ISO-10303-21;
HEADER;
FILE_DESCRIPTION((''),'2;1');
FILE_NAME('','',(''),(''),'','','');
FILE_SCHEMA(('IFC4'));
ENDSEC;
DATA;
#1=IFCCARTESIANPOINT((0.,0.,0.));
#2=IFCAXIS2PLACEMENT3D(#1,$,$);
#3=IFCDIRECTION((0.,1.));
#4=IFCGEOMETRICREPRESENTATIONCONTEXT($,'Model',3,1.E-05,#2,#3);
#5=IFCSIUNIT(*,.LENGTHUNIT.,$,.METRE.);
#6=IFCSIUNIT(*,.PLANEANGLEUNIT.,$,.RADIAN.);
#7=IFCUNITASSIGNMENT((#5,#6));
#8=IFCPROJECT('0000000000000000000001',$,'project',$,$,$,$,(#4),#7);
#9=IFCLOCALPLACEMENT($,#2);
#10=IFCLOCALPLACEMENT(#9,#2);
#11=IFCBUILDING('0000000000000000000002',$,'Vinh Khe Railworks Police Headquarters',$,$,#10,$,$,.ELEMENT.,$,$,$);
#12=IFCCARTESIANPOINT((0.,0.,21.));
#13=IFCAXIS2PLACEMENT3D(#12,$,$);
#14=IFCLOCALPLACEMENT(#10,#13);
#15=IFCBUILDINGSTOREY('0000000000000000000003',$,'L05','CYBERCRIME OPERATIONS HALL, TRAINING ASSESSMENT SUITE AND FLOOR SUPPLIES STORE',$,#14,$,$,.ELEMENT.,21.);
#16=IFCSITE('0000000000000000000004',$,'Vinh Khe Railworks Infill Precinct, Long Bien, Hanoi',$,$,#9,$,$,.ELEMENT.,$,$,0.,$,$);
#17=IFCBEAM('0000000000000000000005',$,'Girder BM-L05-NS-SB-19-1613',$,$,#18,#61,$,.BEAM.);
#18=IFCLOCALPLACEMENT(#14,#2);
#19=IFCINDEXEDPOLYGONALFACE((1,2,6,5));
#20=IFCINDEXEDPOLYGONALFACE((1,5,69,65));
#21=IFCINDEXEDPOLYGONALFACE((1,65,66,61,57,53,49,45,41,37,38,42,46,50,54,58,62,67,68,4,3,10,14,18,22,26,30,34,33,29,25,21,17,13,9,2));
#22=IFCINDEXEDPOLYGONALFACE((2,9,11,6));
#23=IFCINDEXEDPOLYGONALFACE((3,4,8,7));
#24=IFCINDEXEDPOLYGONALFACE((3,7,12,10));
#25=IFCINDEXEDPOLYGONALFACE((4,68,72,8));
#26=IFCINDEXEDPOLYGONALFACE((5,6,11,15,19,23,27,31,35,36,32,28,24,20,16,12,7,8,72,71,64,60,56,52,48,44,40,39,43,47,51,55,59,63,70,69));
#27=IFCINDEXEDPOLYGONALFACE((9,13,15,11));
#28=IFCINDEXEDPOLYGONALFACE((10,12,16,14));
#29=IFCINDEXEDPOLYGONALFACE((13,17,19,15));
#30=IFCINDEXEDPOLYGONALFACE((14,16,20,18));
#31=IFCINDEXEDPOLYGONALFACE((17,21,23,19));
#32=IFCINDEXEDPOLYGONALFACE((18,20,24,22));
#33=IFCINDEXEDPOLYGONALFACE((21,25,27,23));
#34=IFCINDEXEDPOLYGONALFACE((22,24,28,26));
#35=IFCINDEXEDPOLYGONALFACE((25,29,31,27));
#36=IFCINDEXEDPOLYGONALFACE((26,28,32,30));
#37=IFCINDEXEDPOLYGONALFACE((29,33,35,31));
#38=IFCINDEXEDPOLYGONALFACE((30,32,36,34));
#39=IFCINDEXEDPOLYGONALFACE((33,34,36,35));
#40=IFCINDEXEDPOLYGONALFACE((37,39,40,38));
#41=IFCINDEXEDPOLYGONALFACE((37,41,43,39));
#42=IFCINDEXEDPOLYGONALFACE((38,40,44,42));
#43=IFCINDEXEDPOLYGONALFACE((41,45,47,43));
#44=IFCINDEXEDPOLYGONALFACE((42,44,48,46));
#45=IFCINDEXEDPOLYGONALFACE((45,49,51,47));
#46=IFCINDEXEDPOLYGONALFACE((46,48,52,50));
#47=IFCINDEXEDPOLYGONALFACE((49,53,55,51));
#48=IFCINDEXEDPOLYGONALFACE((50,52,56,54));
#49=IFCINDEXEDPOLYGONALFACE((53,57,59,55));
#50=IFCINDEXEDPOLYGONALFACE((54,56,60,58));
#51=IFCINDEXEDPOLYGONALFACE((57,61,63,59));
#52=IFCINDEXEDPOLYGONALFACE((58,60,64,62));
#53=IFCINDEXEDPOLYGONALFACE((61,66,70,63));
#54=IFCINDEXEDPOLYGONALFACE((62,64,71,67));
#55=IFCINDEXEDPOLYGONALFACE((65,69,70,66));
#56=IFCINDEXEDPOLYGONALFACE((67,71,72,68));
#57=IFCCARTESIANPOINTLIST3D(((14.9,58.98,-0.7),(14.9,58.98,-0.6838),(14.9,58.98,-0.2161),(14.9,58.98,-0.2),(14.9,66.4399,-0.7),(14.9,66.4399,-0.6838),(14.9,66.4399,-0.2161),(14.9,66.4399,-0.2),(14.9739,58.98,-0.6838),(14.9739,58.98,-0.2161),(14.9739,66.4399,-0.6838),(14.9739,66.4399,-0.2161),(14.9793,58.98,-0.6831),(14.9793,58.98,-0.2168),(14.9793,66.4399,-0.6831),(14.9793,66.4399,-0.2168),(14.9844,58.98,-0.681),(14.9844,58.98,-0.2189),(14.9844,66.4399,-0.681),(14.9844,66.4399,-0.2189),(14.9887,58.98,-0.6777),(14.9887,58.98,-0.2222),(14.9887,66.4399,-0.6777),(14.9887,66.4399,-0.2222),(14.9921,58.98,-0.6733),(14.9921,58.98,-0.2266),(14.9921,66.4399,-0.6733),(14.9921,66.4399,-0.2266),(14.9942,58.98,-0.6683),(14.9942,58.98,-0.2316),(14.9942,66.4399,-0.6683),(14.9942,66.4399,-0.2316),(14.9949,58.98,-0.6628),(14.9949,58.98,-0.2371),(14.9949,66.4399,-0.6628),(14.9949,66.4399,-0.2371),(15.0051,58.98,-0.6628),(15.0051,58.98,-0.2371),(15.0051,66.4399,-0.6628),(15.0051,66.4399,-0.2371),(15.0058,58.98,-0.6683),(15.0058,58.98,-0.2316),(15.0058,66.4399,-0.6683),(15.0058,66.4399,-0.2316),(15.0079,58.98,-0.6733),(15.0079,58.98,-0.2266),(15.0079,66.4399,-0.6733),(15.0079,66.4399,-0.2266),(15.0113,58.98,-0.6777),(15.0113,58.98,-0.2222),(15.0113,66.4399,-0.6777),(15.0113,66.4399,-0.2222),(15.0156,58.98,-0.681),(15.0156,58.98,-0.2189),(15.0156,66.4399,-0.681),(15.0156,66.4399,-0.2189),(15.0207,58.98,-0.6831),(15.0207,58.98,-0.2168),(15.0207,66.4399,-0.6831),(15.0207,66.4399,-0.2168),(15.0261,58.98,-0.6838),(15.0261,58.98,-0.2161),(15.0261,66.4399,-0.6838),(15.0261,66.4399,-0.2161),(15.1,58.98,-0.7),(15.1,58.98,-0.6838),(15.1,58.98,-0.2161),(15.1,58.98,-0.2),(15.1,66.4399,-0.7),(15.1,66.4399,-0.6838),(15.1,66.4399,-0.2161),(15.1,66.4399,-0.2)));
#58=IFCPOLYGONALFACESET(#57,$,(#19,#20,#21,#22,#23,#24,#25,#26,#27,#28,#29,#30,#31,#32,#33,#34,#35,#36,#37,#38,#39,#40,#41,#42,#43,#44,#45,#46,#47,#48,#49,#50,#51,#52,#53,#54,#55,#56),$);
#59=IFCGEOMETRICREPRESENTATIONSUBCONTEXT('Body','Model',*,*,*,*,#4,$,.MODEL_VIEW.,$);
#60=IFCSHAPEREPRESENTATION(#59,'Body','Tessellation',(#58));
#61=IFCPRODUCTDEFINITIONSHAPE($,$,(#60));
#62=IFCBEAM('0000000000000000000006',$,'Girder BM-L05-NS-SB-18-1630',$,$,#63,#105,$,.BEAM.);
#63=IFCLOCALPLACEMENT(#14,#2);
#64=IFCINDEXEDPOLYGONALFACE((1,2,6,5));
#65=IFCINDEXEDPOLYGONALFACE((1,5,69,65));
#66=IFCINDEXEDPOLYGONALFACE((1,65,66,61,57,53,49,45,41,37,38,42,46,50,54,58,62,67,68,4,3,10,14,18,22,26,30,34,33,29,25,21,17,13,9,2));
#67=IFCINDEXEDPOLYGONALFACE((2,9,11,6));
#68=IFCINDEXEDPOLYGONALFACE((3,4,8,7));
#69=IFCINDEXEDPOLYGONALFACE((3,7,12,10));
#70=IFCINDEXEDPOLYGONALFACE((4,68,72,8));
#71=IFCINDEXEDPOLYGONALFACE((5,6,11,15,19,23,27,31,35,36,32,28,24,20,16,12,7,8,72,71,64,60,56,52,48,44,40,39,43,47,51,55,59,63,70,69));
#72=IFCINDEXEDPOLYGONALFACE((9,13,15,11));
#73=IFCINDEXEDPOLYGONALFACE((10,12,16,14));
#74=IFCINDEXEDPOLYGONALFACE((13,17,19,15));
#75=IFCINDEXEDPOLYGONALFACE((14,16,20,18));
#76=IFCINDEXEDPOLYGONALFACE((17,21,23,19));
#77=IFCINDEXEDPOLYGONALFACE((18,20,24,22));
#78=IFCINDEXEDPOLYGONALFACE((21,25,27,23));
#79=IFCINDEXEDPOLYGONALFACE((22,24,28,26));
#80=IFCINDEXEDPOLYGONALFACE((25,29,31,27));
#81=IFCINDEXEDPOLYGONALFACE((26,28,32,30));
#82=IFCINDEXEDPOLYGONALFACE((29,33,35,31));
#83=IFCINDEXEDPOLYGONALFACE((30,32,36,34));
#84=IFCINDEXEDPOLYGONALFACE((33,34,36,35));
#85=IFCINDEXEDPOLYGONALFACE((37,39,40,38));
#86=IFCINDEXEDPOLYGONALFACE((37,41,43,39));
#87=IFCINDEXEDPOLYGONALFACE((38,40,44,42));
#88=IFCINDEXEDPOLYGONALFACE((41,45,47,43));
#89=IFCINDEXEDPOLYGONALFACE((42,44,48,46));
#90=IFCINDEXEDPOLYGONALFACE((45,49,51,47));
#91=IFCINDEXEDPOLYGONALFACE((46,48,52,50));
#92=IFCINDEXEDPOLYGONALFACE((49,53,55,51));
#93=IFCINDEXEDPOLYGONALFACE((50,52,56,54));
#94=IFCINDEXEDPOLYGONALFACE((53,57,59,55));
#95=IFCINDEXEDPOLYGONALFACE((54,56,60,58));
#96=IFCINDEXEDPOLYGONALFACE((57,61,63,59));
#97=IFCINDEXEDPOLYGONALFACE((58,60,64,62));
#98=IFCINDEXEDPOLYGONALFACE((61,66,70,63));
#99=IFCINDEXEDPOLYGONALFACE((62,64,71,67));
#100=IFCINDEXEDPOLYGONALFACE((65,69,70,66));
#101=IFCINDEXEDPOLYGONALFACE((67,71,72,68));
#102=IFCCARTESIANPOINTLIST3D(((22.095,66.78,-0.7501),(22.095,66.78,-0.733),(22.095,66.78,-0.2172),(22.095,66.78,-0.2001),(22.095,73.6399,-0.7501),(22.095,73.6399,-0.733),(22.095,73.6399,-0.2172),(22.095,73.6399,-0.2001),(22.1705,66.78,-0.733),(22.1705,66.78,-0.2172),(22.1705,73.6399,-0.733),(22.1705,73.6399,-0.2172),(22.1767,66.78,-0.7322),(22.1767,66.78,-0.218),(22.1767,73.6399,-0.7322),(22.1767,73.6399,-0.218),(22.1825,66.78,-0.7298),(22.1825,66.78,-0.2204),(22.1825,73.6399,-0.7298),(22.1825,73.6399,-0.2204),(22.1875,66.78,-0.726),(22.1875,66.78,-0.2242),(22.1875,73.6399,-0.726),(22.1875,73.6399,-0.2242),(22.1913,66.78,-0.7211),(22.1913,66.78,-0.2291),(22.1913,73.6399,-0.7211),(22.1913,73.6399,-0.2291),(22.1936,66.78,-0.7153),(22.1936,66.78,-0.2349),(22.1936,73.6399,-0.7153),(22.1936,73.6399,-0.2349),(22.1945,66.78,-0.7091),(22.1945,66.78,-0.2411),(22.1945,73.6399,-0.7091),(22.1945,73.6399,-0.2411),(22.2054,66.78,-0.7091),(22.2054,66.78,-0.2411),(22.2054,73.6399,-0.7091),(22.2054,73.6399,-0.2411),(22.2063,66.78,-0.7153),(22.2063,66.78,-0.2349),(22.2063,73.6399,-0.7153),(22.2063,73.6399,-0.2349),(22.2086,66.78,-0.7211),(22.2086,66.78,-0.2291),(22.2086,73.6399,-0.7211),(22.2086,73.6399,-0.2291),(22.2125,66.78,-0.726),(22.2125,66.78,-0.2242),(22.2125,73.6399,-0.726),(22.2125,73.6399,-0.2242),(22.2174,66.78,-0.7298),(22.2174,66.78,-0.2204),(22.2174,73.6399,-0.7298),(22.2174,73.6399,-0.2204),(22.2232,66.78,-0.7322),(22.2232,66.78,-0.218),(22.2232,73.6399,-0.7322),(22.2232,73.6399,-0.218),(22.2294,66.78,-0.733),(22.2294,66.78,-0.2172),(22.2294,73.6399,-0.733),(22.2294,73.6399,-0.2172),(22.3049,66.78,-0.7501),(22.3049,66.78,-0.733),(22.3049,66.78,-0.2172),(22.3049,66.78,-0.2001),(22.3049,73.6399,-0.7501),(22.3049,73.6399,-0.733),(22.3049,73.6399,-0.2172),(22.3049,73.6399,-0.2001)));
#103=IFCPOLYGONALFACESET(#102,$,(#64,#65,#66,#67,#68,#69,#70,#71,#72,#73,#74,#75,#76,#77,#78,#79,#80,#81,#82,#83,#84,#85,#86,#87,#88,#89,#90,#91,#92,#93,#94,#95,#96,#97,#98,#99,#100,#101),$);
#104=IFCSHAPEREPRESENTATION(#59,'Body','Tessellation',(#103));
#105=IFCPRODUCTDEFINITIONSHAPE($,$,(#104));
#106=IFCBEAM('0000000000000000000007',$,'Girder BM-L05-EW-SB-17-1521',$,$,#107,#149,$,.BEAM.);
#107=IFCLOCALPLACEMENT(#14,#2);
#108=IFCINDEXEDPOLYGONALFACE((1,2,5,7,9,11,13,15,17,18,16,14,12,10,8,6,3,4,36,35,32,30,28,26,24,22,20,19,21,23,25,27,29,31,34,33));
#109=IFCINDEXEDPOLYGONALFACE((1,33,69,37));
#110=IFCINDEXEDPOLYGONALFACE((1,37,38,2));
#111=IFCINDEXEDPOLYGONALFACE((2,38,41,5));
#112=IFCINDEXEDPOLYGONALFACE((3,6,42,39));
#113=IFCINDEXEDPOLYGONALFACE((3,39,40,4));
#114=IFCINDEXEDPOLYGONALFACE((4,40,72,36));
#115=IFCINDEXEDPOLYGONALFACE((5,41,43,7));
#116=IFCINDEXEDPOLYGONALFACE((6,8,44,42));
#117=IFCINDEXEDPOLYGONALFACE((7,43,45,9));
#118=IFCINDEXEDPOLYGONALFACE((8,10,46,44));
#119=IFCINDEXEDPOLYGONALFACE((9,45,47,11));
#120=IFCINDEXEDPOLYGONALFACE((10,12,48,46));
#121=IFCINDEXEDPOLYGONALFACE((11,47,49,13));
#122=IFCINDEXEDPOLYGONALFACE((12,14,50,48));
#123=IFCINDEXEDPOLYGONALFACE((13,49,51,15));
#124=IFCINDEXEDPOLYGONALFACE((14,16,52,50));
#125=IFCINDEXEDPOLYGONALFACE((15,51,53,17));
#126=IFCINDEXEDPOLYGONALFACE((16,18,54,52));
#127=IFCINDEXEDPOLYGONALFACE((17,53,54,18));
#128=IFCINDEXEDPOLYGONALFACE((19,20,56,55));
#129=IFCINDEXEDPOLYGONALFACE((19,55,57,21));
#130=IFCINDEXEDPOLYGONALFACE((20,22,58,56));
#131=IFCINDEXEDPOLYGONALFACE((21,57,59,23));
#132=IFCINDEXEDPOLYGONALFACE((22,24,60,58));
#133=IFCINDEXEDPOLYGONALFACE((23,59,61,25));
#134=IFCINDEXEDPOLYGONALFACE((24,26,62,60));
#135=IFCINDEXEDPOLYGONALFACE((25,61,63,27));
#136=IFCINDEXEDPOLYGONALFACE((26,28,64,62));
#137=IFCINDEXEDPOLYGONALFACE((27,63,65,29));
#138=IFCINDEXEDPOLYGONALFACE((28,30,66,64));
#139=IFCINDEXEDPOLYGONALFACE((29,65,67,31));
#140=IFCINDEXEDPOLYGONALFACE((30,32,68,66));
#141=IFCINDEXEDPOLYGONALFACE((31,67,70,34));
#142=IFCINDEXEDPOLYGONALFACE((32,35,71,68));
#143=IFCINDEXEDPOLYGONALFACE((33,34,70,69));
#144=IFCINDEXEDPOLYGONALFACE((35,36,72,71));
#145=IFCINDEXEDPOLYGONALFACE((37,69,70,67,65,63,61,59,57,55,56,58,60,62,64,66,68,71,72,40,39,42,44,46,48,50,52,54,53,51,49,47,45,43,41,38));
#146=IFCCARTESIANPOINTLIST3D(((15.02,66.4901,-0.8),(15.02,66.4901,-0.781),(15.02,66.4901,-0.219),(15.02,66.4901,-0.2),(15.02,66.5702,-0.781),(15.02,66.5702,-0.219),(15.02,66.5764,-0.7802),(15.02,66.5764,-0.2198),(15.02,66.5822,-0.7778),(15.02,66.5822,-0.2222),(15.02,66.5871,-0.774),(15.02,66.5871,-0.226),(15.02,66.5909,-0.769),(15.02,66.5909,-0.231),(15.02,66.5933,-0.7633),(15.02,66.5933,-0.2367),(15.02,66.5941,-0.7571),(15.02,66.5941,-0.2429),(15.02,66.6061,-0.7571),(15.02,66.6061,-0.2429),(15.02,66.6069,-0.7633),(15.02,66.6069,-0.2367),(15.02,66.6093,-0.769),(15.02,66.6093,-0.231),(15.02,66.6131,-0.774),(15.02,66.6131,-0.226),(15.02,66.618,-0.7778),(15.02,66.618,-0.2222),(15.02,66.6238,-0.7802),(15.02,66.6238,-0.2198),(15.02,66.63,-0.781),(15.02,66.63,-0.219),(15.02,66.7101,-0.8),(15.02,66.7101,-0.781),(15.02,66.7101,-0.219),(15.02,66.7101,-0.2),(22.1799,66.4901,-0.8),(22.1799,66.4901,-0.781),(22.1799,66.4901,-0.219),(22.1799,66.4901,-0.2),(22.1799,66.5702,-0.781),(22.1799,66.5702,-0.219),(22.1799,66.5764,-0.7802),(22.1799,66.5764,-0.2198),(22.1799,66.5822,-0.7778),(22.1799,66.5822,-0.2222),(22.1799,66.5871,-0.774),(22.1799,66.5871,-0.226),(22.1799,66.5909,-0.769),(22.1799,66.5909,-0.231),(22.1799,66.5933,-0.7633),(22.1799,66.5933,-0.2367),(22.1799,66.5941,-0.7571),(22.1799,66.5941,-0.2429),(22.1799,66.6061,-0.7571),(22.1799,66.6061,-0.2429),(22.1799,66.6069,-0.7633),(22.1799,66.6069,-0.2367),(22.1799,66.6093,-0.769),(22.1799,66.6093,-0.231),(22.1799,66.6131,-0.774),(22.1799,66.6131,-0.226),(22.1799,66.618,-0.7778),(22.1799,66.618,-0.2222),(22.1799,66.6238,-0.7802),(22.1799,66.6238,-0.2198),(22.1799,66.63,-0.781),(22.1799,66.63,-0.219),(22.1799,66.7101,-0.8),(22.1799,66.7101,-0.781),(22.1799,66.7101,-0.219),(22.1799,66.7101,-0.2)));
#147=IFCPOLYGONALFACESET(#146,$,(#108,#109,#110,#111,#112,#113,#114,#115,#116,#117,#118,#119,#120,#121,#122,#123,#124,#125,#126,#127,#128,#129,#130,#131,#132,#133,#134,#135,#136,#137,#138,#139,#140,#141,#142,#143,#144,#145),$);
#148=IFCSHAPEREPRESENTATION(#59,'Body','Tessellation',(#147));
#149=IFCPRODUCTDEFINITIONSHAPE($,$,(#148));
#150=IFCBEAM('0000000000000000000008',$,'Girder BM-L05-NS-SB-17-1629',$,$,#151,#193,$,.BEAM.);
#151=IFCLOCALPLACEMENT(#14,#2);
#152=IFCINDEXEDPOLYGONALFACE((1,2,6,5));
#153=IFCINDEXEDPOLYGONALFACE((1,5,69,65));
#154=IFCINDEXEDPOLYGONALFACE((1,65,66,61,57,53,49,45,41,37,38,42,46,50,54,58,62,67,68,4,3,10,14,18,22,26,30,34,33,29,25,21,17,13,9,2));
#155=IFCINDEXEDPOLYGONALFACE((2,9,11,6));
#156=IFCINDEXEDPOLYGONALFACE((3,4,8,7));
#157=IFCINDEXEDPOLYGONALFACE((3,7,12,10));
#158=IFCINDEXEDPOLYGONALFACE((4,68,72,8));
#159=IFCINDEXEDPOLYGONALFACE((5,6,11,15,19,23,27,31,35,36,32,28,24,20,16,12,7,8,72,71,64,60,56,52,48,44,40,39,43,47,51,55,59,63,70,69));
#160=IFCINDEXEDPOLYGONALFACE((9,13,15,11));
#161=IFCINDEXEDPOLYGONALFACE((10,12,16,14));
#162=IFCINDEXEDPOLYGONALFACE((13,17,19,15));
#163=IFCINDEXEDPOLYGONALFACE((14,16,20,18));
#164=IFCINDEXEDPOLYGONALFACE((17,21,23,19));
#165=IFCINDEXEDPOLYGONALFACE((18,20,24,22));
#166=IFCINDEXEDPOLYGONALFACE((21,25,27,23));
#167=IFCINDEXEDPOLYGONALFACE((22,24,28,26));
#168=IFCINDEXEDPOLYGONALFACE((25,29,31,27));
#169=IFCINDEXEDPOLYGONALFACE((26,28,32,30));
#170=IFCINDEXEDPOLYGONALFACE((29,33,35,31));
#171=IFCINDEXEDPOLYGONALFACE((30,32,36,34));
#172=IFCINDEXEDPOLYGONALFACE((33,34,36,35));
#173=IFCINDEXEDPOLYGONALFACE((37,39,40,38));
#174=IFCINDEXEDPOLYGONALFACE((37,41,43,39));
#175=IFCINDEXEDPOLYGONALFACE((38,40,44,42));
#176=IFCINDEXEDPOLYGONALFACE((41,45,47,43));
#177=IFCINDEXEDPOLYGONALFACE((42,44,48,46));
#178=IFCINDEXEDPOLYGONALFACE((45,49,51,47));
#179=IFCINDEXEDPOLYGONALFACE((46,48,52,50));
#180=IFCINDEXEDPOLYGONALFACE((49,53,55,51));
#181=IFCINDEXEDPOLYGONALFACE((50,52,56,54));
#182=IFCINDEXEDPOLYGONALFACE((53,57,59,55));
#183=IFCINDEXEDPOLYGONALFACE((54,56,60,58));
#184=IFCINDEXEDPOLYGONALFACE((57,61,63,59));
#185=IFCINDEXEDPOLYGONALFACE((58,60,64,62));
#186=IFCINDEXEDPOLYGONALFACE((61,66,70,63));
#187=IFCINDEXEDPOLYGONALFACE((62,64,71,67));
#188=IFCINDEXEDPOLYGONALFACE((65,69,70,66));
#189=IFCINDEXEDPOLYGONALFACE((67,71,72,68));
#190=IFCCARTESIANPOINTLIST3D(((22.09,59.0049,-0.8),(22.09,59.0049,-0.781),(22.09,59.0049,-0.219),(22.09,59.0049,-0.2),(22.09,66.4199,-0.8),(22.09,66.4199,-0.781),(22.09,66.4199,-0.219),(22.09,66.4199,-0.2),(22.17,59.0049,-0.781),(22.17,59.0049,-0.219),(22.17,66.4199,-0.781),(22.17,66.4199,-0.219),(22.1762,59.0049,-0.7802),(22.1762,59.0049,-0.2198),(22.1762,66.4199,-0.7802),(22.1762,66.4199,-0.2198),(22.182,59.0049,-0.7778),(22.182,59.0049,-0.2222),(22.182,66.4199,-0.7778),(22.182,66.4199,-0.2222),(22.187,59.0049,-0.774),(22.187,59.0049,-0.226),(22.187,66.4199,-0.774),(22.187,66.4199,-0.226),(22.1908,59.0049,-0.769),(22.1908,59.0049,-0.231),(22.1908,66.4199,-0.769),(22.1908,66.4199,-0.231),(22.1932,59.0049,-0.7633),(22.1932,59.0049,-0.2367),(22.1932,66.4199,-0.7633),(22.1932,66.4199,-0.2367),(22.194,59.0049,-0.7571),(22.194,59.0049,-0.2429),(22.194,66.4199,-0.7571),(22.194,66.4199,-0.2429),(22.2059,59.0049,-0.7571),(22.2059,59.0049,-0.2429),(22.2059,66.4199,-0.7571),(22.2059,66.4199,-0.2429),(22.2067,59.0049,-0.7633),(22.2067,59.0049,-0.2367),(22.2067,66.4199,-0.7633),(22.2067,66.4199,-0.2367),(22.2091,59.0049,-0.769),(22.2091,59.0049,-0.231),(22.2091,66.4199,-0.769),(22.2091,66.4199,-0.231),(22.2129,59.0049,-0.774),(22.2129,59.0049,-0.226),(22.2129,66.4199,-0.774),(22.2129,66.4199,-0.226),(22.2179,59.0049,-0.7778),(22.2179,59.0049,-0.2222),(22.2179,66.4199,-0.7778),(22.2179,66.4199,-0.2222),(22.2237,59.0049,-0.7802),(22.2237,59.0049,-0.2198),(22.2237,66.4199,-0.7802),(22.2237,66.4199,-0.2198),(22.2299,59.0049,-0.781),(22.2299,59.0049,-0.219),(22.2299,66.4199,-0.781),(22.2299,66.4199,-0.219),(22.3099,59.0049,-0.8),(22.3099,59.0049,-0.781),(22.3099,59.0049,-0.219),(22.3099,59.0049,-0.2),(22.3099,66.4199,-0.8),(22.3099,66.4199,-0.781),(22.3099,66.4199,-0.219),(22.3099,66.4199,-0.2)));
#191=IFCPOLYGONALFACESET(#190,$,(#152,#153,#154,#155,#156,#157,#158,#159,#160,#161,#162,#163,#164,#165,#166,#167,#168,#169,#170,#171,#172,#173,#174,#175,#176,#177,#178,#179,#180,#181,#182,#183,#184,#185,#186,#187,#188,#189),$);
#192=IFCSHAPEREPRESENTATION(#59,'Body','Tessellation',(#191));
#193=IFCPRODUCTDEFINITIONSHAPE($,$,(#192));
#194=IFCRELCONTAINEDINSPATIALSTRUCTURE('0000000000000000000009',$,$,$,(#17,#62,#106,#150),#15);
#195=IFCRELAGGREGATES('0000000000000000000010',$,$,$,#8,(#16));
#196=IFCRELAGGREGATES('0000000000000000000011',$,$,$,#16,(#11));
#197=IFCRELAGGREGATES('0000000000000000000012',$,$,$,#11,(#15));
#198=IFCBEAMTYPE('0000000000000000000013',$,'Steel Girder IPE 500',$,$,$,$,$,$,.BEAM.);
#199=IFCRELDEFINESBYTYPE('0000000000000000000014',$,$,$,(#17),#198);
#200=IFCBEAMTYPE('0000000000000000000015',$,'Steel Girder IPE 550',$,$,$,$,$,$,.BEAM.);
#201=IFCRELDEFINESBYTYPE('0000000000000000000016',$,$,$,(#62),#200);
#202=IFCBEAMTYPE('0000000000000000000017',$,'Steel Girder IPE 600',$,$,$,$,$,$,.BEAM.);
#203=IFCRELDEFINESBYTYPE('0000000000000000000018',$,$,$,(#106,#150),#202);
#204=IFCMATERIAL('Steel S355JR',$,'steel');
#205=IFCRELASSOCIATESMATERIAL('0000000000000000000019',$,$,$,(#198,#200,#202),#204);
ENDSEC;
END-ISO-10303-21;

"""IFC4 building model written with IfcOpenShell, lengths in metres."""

from ifc_helpers import new_model, si_unit, direction, frame, origin, origin_2d, place, context, subcontext, project, spatial, i_section, extrude, material, material_profile, profile_set, type_object, element, save


model = new_model("IFC4")

# Units and contexts
model_context = context("Model", 3, precision=1e-05, world=origin(), true_north=direction((0.0, 1.0)))
body_context = subcontext(model_context, "Body", "Model", "MODEL_VIEW")
ifc_project = project(units=[si_unit("LENGTHUNIT", "METRE"), si_unit("PLANEANGLEUNIT", "RADIAN")], contexts=[model_context])

# Site, building, storey
site_placement = place(None, origin())
site = spatial("IfcSite", under=ifc_project, at=site_placement, Name="Vinh Khe Railworks Infill Precinct, Long Bien, Hanoi", CompositionType="ELEMENT", RefElevation=0.0)
building_placement = place(site_placement, origin())
building = spatial("IfcBuilding", under=site, at=building_placement, Name="Vinh Khe Railworks Police Headquarters", CompositionType="ELEMENT")
storey_placement = place(building_placement, frame((0.0, 0.0, 21.0)))
storey = spatial("IfcBuildingStorey", under=building, at=storey_placement, Name="L05", Description="CYBERCRIME OPERATIONS HALL, TRAINING ASSESSMENT SUITE AND FLOOR SUPPLIES STORE", CompositionType="ELEMENT", Elevation=21.0)

# Shared definitions
ifc_material_1 = material(Name="Steel S355JR", Category="steel")

# Beams
ifc_material_profile_1 = material_profile(ifc_material_1, i_section(OverallWidth=0.2, OverallDepth=0.5, WebThickness=0.0103, FlangeThickness=0.0161, FilletRadius=0.021, at=origin_2d()), Name="IPE 500")
ifc_profile_set_1 = profile_set([ifc_material_profile_1], Name="Steel S355JR")
beam_type_1 = type_object("IfcBeamType", Name="Steel Girder IPE 500", PredefinedType="BEAM", material=ifc_profile_set_1)
beam_1_placement = place(storey_placement, frame((15.0, 58.98, -0.45), z_axis=(0.0, 1.0, 0.0), x_axis=(-1.0, 0.0, 0.0)))
element("IfcBeam", 1, at=beam_1_placement, inside=storey, type_object=beam_type_1, Name="Girder BM-L05-NS-SB-19-1613", PredefinedType="BEAM", context=body_context, shape_type="SweptSolid", body=[
    extrude(i_section(OverallWidth=0.2, OverallDepth=0.5, WebThickness=0.0103, FlangeThickness=0.0161, FilletRadius=0.021, at=origin_2d()), origin(), (0.0, 0.0, 1.0), 7.46),
])
ifc_material_profile_2 = material_profile(ifc_material_1, i_section(OverallWidth=0.21, OverallDepth=0.55, WebThickness=0.011, FlangeThickness=0.0171, FilletRadius=0.0239, at=origin_2d()), Name="IPE 550")
ifc_profile_set_2 = profile_set([ifc_material_profile_2], Name="Steel S355JR")
beam_type_2 = type_object("IfcBeamType", Name="Steel Girder IPE 550", PredefinedType="BEAM", material=ifc_profile_set_2)
beam_2_placement = place(storey_placement, frame((22.2, 66.78, -0.4751), z_axis=(0.0, 1.0, 0.0), x_axis=(-1.0, 0.0, 0.0)))
element("IfcBeam", 2, at=beam_2_placement, inside=storey, type_object=beam_type_2, Name="Girder BM-L05-NS-SB-18-1630", PredefinedType="BEAM", context=body_context, shape_type="SweptSolid", body=[
    extrude(i_section(OverallWidth=0.21, OverallDepth=0.55, WebThickness=0.011, FlangeThickness=0.0171, FilletRadius=0.0239, at=origin_2d()), origin(), (0.0, 0.0, 1.0), 6.8599),
])
ifc_material_profile_3 = material_profile(ifc_material_1, i_section(OverallWidth=0.22, OverallDepth=0.6001, WebThickness=0.012, FlangeThickness=0.019, FilletRadius=0.0239, at=origin_2d()), Name="IPE 600")
ifc_profile_set_3 = profile_set([ifc_material_profile_3], Name="Steel S355JR")
beam_type_3 = type_object("IfcBeamType", Name="Steel Girder IPE 600", PredefinedType="BEAM", material=ifc_profile_set_3)
beam_3_placement = place(storey_placement, frame((15.02, 66.6001, -0.5), z_axis=(1.0, 0.0, 0.0), x_axis=(0.0, 1.0, 0.0)))
element("IfcBeam", 3, at=beam_3_placement, inside=storey, type_object=beam_type_3, Name="Girder BM-L05-EW-SB-17-1521", PredefinedType="BEAM", context=body_context, shape_type="SweptSolid", body=[
    extrude(i_section(OverallWidth=0.22, OverallDepth=0.6001, WebThickness=0.012, FlangeThickness=0.019, FilletRadius=0.0239, at=origin_2d()), origin(), (0.0, 0.0, 1.0), 7.1599),
])
beam_4_placement = place(storey_placement, frame((22.2, 59.0049, -0.5), z_axis=(0.0, 1.0, 0.0), x_axis=(-1.0, 0.0, 0.0)))
element("IfcBeam", 4, at=beam_4_placement, inside=storey, type_object=beam_type_3, Name="Girder BM-L05-NS-SB-17-1629", PredefinedType="BEAM", context=body_context, shape_type="SweptSolid", body=[
    extrude(i_section(OverallWidth=0.22, OverallDepth=0.6001, WebThickness=0.012, FlangeThickness=0.019, FilletRadius=0.0239, at=origin_2d()), origin(), (0.0, 0.0, 1.0), 7.415),
])

save(model, "model.ifc")
